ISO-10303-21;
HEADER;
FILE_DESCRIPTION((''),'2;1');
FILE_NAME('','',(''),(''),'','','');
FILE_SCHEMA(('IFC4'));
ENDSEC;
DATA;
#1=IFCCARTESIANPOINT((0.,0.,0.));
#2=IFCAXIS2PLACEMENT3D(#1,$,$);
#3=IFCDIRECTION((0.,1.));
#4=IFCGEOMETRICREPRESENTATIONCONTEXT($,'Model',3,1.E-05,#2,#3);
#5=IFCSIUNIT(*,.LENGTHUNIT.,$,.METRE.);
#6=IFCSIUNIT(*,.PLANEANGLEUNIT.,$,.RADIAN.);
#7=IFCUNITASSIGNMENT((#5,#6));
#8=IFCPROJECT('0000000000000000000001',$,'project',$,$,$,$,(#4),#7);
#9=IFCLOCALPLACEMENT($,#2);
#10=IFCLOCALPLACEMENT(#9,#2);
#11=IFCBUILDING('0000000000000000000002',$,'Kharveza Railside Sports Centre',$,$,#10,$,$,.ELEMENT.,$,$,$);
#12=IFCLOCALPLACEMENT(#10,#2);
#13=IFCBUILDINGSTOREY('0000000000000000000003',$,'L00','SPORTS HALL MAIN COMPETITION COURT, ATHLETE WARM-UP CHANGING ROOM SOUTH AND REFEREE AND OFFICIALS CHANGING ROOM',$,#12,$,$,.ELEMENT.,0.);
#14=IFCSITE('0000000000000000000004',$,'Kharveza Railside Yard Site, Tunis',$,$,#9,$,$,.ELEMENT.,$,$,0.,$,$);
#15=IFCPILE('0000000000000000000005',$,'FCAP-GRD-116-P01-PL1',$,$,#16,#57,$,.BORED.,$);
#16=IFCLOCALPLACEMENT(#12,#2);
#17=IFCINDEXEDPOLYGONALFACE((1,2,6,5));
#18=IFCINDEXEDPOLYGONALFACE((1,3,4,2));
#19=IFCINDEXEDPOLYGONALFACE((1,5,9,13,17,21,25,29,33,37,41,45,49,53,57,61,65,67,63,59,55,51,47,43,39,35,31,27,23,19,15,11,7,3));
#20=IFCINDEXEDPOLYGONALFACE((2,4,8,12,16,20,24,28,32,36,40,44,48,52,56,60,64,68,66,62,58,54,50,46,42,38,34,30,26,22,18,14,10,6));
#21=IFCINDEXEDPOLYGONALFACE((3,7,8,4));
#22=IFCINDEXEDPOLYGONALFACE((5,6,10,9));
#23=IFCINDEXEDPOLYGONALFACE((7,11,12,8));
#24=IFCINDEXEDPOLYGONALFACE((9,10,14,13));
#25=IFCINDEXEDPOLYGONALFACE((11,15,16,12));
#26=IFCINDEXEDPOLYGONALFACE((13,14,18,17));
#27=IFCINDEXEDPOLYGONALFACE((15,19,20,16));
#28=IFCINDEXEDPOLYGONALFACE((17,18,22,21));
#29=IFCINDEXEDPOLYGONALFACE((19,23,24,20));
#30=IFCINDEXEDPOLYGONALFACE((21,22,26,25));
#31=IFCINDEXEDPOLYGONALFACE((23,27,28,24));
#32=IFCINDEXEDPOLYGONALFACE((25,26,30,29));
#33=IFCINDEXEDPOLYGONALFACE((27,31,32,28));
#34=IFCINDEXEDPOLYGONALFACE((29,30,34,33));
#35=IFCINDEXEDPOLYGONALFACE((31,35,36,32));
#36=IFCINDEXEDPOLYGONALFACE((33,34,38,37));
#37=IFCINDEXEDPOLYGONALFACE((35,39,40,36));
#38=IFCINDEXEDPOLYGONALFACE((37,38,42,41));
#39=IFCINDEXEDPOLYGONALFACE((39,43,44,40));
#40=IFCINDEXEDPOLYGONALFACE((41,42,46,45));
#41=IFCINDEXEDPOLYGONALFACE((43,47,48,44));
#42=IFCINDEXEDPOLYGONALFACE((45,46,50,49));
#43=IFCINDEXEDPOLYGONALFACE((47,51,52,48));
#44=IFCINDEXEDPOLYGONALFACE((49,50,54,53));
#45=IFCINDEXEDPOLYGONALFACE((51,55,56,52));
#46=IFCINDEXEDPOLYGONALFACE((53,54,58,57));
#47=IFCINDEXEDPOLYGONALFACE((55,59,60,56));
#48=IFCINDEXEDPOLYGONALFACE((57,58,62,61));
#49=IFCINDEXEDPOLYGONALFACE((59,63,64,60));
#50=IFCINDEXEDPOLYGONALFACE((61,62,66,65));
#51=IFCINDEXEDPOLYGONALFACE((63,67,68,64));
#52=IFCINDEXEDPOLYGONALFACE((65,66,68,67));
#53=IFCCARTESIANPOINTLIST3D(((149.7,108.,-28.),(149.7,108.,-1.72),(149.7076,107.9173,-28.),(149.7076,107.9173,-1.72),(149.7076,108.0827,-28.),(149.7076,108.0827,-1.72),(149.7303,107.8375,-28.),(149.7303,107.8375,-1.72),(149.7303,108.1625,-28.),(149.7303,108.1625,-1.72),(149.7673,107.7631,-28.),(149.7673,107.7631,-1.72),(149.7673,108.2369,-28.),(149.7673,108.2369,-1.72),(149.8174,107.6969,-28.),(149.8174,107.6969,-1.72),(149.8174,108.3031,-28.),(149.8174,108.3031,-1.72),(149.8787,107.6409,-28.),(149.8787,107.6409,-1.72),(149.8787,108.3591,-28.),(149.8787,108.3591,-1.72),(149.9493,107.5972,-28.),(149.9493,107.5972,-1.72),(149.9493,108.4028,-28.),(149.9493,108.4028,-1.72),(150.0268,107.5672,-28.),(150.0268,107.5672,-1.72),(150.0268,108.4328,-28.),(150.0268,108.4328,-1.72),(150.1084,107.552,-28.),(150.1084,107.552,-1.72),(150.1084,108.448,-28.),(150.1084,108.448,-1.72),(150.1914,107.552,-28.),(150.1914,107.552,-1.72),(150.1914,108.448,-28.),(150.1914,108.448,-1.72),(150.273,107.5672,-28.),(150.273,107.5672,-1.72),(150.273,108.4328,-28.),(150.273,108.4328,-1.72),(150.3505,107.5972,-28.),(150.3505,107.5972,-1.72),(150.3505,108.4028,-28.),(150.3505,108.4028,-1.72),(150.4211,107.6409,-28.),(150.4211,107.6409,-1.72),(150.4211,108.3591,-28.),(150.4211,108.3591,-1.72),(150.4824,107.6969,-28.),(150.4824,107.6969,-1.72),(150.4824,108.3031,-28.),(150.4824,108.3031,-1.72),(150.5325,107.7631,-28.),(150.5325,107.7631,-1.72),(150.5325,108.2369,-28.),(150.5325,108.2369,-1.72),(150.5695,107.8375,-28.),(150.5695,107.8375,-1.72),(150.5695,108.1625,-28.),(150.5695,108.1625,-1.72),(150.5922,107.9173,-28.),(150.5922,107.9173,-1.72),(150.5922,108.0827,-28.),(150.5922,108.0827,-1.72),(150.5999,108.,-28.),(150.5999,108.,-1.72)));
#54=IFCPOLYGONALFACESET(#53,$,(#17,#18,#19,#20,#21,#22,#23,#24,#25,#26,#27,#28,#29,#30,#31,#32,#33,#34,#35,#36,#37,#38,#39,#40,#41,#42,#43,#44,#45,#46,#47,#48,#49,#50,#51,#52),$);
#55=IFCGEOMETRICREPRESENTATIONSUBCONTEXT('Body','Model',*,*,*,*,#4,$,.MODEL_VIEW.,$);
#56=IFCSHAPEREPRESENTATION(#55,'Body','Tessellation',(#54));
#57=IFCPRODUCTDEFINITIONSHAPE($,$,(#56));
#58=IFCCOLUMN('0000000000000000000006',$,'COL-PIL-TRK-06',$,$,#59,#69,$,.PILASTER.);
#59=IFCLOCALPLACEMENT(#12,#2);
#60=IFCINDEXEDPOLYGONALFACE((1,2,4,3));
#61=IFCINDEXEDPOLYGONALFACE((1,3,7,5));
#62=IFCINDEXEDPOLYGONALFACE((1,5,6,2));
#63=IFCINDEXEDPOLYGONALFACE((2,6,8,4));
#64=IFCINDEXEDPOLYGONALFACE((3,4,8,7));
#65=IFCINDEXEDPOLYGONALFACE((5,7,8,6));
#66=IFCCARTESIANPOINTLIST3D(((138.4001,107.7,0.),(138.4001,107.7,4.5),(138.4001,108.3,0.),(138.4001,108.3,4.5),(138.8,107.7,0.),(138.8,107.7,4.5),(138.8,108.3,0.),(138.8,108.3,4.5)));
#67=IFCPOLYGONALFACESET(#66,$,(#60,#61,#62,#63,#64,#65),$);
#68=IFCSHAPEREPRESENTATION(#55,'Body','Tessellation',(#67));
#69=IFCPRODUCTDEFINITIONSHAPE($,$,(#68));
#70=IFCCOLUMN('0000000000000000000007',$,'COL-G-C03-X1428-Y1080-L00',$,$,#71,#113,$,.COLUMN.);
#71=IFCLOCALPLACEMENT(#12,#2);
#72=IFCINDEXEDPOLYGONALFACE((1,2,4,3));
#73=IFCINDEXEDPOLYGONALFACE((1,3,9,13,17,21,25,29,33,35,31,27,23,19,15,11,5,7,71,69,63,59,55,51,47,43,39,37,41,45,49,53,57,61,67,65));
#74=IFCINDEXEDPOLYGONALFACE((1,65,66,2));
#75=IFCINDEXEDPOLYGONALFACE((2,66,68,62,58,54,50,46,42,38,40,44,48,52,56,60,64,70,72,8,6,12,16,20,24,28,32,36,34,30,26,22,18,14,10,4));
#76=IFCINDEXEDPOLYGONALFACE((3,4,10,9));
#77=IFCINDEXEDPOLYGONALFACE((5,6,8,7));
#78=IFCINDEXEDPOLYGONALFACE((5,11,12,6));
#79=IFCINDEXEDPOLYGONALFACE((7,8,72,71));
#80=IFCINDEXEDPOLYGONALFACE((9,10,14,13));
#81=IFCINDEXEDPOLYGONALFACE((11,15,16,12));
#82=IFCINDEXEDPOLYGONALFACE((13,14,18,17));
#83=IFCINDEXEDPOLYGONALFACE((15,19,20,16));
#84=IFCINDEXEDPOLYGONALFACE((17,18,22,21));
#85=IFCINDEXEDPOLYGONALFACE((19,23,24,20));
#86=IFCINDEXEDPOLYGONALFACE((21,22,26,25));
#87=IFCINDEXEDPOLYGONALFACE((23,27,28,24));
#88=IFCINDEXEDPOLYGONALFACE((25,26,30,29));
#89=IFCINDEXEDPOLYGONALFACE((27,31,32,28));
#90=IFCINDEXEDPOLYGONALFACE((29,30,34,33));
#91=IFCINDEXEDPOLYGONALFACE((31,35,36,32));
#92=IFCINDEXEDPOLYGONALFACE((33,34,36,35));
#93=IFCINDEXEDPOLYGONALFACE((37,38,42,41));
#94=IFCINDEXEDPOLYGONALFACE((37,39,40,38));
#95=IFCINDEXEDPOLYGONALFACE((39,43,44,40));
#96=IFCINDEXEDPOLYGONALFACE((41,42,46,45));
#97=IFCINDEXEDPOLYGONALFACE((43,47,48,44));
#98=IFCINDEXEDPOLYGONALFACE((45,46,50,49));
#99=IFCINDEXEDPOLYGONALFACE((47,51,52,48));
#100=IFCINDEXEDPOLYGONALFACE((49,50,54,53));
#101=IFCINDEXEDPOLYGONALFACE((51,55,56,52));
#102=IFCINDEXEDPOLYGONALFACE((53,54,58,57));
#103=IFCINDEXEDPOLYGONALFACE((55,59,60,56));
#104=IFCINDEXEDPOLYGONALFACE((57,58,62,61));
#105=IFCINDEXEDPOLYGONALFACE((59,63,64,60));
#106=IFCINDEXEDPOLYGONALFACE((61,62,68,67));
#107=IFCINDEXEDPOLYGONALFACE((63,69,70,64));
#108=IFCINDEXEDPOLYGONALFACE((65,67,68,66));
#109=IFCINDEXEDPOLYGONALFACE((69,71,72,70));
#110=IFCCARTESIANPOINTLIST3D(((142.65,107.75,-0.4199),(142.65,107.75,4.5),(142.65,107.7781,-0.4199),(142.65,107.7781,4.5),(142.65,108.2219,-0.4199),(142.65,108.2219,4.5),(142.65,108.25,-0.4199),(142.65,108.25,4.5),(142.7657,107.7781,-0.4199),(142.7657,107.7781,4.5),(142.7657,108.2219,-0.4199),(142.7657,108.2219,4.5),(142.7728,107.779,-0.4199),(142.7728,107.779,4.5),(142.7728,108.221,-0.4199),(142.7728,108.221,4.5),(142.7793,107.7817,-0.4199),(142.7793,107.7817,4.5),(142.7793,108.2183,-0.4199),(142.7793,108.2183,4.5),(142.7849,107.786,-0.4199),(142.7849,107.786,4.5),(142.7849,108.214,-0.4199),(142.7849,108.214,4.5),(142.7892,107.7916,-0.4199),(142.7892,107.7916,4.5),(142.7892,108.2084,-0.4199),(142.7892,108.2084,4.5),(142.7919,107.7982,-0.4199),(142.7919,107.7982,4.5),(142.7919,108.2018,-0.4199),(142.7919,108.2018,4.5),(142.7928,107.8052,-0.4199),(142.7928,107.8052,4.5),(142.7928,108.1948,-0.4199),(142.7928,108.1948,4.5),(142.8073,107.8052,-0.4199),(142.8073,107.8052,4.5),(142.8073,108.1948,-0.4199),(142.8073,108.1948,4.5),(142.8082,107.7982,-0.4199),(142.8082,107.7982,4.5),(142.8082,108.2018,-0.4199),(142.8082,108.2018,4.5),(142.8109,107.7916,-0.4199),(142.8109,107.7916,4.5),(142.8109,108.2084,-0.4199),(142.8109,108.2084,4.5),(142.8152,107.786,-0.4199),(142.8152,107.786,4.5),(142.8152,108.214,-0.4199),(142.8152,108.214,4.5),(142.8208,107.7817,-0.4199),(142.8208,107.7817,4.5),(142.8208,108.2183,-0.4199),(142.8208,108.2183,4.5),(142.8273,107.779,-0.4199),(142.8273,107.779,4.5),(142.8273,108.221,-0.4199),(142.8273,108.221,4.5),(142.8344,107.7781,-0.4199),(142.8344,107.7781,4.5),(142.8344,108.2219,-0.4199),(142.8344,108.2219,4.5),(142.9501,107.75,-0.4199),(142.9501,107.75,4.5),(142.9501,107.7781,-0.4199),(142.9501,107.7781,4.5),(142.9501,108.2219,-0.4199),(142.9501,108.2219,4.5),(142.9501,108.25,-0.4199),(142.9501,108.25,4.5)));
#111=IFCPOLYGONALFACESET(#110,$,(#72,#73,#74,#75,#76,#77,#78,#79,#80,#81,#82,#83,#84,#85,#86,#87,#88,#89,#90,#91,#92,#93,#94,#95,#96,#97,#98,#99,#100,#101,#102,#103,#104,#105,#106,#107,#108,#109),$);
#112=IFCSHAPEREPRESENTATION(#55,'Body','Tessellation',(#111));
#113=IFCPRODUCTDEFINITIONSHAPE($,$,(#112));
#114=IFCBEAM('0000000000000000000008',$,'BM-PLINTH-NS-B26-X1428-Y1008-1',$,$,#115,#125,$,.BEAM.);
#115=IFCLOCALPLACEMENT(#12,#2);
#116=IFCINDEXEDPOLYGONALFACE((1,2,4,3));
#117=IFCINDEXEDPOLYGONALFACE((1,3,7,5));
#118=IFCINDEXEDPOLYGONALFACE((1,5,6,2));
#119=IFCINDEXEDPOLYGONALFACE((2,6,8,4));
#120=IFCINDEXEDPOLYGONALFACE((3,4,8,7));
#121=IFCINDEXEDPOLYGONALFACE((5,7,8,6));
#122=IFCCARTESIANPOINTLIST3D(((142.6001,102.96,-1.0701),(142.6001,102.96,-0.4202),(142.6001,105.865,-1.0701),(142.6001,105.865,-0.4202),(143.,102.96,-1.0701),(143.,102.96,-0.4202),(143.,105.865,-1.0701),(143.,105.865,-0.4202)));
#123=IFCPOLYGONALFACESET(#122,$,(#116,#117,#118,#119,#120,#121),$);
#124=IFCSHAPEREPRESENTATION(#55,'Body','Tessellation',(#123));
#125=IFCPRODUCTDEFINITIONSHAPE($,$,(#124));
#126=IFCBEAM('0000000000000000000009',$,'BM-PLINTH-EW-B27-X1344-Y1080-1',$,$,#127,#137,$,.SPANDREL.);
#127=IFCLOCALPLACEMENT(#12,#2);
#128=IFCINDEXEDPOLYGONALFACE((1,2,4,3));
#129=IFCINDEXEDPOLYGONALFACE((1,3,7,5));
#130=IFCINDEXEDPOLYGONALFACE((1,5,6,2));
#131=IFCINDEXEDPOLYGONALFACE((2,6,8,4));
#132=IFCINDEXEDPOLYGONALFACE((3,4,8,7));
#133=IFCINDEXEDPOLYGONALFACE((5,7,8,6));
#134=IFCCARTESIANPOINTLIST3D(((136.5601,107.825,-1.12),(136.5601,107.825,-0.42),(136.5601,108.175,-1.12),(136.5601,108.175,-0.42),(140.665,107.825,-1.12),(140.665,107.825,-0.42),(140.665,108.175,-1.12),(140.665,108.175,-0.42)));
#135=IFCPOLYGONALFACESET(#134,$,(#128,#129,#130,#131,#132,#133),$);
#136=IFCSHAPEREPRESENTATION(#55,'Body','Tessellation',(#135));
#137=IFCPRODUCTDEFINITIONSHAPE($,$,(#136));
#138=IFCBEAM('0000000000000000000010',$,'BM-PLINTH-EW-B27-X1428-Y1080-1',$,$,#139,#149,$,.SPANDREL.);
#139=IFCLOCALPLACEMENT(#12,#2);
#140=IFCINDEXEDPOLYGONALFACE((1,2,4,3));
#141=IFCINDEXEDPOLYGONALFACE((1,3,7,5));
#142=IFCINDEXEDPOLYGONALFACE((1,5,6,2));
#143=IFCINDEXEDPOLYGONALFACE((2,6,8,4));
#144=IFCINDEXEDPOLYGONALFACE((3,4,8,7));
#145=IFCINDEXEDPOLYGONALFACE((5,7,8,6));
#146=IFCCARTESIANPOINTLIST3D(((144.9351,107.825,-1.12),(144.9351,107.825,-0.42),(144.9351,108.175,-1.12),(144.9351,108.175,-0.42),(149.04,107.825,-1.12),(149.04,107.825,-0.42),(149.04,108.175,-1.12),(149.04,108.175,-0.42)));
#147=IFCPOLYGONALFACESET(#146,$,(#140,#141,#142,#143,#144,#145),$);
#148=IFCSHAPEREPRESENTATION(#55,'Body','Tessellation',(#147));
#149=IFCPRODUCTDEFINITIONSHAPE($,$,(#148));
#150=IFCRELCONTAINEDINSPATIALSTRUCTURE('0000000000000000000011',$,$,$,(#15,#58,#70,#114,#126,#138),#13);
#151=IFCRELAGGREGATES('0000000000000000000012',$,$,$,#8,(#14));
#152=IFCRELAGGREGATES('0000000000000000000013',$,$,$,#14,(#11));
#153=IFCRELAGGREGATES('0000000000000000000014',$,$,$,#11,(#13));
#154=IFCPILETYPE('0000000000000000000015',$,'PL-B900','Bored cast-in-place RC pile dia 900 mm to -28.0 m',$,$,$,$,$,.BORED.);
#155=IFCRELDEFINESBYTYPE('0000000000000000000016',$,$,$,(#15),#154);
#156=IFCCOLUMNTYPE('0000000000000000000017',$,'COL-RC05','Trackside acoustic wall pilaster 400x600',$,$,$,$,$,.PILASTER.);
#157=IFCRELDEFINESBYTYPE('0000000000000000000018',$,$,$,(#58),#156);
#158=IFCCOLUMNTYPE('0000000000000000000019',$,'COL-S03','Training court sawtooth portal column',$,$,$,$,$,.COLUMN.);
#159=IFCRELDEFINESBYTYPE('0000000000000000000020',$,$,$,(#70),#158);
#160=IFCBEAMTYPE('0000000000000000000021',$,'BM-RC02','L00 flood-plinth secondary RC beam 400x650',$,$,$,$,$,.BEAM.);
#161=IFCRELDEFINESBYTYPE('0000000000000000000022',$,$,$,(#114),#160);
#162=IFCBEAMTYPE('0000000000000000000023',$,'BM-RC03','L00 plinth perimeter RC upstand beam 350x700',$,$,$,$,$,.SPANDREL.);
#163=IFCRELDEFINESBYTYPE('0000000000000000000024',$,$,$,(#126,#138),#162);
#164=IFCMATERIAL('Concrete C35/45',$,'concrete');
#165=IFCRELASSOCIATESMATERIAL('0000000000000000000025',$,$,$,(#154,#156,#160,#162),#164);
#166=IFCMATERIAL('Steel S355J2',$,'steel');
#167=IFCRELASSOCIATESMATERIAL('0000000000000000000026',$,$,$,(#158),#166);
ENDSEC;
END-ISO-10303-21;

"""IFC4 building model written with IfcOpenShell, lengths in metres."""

from ifc_helpers import new_model, si_unit, direction, frame, origin, origin_2d, place, context, subcontext, project, spatial, rectangle, circle, i_section, extrude, material, material_profile, profile_set, type_object, element, save


model = new_model("IFC4")

# Units and contexts
model_context = context("Model", 3, precision=1e-05, world=origin(), true_north=direction((0.0, 1.0)))
body_context = subcontext(model_context, "Body", "Model", "MODEL_VIEW")
ifc_project = project(units=[si_unit("LENGTHUNIT", "METRE"), si_unit("PLANEANGLEUNIT", "RADIAN")], contexts=[model_context])

# Site, building, storey
site_placement = place(None, origin())
site = spatial("IfcSite", under=ifc_project, at=site_placement, Name="Kharveza Railside Yard Site, Tunis", CompositionType="ELEMENT", RefElevation=0.0)
building_placement = place(site_placement, origin())
building = spatial("IfcBuilding", under=site, at=building_placement, Name="Kharveza Railside Sports Centre", CompositionType="ELEMENT")
storey_placement = place(building_placement, origin())
storey = spatial("IfcBuildingStorey", under=building, at=storey_placement, Name="L00", Description="SPORTS HALL MAIN COMPETITION COURT, ATHLETE WARM-UP CHANGING ROOM SOUTH AND REFEREE AND OFFICIALS CHANGING ROOM", CompositionType="ELEMENT", Elevation=0.0)

# Shared definitions
ifc_material_1 = material(Name="Concrete C35/45", Category="concrete")

# Pile
ifc_material_profile_1 = material_profile(ifc_material_1, circle(Radius=0.45, at=origin_2d()), Name="PILE D900")
ifc_profile_set_1 = profile_set([ifc_material_profile_1], Name="Concrete C35/45")
pile_type = type_object("IfcPileType", Name="PL-B900", Description="Bored cast-in-place RC pile dia 900 mm to -28.0 m", PredefinedType="BORED", material=ifc_profile_set_1)
pile_1_placement = place(storey_placement, frame((150.1499, 108.0, -1.72), z_axis=(0.0, 0.0, -1.0), x_axis=(1.0, 0.0, 0.0)))
element("IfcPile", 1, at=pile_1_placement, inside=storey, type_object=pile_type, Name="FCAP-GRD-116-P01-PL1", PredefinedType="BORED", context=body_context, shape_type="SweptSolid", body=[
    extrude(circle(Radius=0.45, at=origin_2d()), origin(), (0.0, 0.0, 1.0), 26.28),
])

# Columns
ifc_material_profile_2 = material_profile(ifc_material_1, rectangle(XDim=0.3999, YDim=0.6001, at=origin_2d()), Name="RC 400x600")
ifc_profile_set_2 = profile_set([ifc_material_profile_2], Name="Concrete C35/45")
column_type_1 = type_object("IfcColumnType", Name="COL-RC05", Description="Trackside acoustic wall pilaster 400x600", PredefinedType="PILASTER", material=ifc_profile_set_2)
column_1_placement = place(storey_placement, frame((138.6001, 108.0, 0.0), z_axis=(0.0, 0.0, 1.0), x_axis=(1.0, 0.0, 0.0)))
element("IfcColumn", 2, at=column_1_placement, inside=storey, type_object=column_type_1, Name="COL-PIL-TRK-06", PredefinedType="PILASTER", context=body_context, shape_type="SweptSolid", body=[
    extrude(rectangle(XDim=0.3999, YDim=0.6001, at=origin_2d()), origin(), (0.0, 0.0, 1.0), 4.5),
])
ifc_material_2 = material(Name="Steel S355J2", Category="steel")
ifc_material_profile_3 = material_profile(ifc_material_2, i_section(OverallWidth=0.3, OverallDepth=0.5, WebThickness=0.0144, FlangeThickness=0.0281, FilletRadius=0.0271, at=origin_2d()), Name="HEB 500")
ifc_profile_set_3 = profile_set([ifc_material_profile_3], Name="Steel S355J2")
column_type_2 = type_object("IfcColumnType", Name="COL-S03", Description="Training court sawtooth portal column", PredefinedType="COLUMN", material=ifc_profile_set_3)
column_2_placement = place(storey_placement, frame((142.8, 108.0, -0.4199), z_axis=(0.0, 0.0, 1.0), x_axis=(1.0, 0.0, 0.0)))
element("IfcColumn", 3, at=column_2_placement, inside=storey, type_object=column_type_2, Name="COL-G-C03-X1428-Y1080-L00", PredefinedType="COLUMN", context=body_context, shape_type="SweptSolid", body=[
    extrude(i_section(OverallWidth=0.3, OverallDepth=0.5, WebThickness=0.0144, FlangeThickness=0.0281, FilletRadius=0.0271, at=origin_2d()), origin(), (0.0, 0.0, 1.0), 4.9199),
])

# Beams
ifc_material_profile_4 = material_profile(ifc_material_1, rectangle(XDim=0.3999, YDim=0.6499, at=origin_2d()), Name="RCB 400x650")
ifc_profile_set_4 = profile_set([ifc_material_profile_4], Name="Concrete C35/45")
beam_type_1 = type_object("IfcBeamType", Name="BM-RC02", Description="L00 flood-plinth secondary RC beam 400x650", PredefinedType="BEAM", material=ifc_profile_set_4)
beam_1_placement = place(storey_placement, frame((142.8, 102.96, -0.7451), z_axis=(0.0, 1.0, 0.0), x_axis=(-1.0, 0.0, 0.0)))
element("IfcBeam", 4, at=beam_1_placement, inside=storey, type_object=beam_type_1, Name="BM-PLINTH-NS-B26-X1428-Y1008-1", PredefinedType="BEAM", context=body_context, shape_type="SweptSolid", body=[
    extrude(rectangle(XDim=0.3999, YDim=0.6499, at=origin_2d()), origin(), (0.0, 0.0, 1.0), 2.905),
])
ifc_material_profile_5 = material_profile(ifc_material_1, rectangle(XDim=0.3501, YDim=0.7, at=origin_2d()), Name="RCB 350x700")
ifc_profile_set_5 = profile_set([ifc_material_profile_5], Name="Concrete C35/45")
beam_type_2 = type_object("IfcBeamType", Name="BM-RC03", Description="L00 plinth perimeter RC upstand beam 350x700", PredefinedType="SPANDREL", material=ifc_profile_set_5)
for number, where, z_axis, x_axis, name in (
    (5, (136.5601, 108.0, -0.77), (1.0, 0.0, 0.0), (0.0, 1.0, 0.0), "BM-PLINTH-EW-B27-X1344-Y1080-1"),
    (6, (144.9351, 108.0, -0.77), (1.0, 0.0, 0.0), (0.0, 1.0, 0.0), "BM-PLINTH-EW-B27-X1428-Y1080-1"),
):
    element("IfcBeam", number, at=place(storey_placement, frame(where, z_axis=z_axis, x_axis=x_axis)), inside=storey, type_object=beam_type_2, Name=name, PredefinedType="SPANDREL", context=body_context, shape_type="SweptSolid", body=[
        extrude(rectangle(XDim=0.3501, YDim=0.7, at=origin_2d()), origin(), (0.0, 0.0, 1.0), 4.105),
    ])

save(model, "model.ifc")
